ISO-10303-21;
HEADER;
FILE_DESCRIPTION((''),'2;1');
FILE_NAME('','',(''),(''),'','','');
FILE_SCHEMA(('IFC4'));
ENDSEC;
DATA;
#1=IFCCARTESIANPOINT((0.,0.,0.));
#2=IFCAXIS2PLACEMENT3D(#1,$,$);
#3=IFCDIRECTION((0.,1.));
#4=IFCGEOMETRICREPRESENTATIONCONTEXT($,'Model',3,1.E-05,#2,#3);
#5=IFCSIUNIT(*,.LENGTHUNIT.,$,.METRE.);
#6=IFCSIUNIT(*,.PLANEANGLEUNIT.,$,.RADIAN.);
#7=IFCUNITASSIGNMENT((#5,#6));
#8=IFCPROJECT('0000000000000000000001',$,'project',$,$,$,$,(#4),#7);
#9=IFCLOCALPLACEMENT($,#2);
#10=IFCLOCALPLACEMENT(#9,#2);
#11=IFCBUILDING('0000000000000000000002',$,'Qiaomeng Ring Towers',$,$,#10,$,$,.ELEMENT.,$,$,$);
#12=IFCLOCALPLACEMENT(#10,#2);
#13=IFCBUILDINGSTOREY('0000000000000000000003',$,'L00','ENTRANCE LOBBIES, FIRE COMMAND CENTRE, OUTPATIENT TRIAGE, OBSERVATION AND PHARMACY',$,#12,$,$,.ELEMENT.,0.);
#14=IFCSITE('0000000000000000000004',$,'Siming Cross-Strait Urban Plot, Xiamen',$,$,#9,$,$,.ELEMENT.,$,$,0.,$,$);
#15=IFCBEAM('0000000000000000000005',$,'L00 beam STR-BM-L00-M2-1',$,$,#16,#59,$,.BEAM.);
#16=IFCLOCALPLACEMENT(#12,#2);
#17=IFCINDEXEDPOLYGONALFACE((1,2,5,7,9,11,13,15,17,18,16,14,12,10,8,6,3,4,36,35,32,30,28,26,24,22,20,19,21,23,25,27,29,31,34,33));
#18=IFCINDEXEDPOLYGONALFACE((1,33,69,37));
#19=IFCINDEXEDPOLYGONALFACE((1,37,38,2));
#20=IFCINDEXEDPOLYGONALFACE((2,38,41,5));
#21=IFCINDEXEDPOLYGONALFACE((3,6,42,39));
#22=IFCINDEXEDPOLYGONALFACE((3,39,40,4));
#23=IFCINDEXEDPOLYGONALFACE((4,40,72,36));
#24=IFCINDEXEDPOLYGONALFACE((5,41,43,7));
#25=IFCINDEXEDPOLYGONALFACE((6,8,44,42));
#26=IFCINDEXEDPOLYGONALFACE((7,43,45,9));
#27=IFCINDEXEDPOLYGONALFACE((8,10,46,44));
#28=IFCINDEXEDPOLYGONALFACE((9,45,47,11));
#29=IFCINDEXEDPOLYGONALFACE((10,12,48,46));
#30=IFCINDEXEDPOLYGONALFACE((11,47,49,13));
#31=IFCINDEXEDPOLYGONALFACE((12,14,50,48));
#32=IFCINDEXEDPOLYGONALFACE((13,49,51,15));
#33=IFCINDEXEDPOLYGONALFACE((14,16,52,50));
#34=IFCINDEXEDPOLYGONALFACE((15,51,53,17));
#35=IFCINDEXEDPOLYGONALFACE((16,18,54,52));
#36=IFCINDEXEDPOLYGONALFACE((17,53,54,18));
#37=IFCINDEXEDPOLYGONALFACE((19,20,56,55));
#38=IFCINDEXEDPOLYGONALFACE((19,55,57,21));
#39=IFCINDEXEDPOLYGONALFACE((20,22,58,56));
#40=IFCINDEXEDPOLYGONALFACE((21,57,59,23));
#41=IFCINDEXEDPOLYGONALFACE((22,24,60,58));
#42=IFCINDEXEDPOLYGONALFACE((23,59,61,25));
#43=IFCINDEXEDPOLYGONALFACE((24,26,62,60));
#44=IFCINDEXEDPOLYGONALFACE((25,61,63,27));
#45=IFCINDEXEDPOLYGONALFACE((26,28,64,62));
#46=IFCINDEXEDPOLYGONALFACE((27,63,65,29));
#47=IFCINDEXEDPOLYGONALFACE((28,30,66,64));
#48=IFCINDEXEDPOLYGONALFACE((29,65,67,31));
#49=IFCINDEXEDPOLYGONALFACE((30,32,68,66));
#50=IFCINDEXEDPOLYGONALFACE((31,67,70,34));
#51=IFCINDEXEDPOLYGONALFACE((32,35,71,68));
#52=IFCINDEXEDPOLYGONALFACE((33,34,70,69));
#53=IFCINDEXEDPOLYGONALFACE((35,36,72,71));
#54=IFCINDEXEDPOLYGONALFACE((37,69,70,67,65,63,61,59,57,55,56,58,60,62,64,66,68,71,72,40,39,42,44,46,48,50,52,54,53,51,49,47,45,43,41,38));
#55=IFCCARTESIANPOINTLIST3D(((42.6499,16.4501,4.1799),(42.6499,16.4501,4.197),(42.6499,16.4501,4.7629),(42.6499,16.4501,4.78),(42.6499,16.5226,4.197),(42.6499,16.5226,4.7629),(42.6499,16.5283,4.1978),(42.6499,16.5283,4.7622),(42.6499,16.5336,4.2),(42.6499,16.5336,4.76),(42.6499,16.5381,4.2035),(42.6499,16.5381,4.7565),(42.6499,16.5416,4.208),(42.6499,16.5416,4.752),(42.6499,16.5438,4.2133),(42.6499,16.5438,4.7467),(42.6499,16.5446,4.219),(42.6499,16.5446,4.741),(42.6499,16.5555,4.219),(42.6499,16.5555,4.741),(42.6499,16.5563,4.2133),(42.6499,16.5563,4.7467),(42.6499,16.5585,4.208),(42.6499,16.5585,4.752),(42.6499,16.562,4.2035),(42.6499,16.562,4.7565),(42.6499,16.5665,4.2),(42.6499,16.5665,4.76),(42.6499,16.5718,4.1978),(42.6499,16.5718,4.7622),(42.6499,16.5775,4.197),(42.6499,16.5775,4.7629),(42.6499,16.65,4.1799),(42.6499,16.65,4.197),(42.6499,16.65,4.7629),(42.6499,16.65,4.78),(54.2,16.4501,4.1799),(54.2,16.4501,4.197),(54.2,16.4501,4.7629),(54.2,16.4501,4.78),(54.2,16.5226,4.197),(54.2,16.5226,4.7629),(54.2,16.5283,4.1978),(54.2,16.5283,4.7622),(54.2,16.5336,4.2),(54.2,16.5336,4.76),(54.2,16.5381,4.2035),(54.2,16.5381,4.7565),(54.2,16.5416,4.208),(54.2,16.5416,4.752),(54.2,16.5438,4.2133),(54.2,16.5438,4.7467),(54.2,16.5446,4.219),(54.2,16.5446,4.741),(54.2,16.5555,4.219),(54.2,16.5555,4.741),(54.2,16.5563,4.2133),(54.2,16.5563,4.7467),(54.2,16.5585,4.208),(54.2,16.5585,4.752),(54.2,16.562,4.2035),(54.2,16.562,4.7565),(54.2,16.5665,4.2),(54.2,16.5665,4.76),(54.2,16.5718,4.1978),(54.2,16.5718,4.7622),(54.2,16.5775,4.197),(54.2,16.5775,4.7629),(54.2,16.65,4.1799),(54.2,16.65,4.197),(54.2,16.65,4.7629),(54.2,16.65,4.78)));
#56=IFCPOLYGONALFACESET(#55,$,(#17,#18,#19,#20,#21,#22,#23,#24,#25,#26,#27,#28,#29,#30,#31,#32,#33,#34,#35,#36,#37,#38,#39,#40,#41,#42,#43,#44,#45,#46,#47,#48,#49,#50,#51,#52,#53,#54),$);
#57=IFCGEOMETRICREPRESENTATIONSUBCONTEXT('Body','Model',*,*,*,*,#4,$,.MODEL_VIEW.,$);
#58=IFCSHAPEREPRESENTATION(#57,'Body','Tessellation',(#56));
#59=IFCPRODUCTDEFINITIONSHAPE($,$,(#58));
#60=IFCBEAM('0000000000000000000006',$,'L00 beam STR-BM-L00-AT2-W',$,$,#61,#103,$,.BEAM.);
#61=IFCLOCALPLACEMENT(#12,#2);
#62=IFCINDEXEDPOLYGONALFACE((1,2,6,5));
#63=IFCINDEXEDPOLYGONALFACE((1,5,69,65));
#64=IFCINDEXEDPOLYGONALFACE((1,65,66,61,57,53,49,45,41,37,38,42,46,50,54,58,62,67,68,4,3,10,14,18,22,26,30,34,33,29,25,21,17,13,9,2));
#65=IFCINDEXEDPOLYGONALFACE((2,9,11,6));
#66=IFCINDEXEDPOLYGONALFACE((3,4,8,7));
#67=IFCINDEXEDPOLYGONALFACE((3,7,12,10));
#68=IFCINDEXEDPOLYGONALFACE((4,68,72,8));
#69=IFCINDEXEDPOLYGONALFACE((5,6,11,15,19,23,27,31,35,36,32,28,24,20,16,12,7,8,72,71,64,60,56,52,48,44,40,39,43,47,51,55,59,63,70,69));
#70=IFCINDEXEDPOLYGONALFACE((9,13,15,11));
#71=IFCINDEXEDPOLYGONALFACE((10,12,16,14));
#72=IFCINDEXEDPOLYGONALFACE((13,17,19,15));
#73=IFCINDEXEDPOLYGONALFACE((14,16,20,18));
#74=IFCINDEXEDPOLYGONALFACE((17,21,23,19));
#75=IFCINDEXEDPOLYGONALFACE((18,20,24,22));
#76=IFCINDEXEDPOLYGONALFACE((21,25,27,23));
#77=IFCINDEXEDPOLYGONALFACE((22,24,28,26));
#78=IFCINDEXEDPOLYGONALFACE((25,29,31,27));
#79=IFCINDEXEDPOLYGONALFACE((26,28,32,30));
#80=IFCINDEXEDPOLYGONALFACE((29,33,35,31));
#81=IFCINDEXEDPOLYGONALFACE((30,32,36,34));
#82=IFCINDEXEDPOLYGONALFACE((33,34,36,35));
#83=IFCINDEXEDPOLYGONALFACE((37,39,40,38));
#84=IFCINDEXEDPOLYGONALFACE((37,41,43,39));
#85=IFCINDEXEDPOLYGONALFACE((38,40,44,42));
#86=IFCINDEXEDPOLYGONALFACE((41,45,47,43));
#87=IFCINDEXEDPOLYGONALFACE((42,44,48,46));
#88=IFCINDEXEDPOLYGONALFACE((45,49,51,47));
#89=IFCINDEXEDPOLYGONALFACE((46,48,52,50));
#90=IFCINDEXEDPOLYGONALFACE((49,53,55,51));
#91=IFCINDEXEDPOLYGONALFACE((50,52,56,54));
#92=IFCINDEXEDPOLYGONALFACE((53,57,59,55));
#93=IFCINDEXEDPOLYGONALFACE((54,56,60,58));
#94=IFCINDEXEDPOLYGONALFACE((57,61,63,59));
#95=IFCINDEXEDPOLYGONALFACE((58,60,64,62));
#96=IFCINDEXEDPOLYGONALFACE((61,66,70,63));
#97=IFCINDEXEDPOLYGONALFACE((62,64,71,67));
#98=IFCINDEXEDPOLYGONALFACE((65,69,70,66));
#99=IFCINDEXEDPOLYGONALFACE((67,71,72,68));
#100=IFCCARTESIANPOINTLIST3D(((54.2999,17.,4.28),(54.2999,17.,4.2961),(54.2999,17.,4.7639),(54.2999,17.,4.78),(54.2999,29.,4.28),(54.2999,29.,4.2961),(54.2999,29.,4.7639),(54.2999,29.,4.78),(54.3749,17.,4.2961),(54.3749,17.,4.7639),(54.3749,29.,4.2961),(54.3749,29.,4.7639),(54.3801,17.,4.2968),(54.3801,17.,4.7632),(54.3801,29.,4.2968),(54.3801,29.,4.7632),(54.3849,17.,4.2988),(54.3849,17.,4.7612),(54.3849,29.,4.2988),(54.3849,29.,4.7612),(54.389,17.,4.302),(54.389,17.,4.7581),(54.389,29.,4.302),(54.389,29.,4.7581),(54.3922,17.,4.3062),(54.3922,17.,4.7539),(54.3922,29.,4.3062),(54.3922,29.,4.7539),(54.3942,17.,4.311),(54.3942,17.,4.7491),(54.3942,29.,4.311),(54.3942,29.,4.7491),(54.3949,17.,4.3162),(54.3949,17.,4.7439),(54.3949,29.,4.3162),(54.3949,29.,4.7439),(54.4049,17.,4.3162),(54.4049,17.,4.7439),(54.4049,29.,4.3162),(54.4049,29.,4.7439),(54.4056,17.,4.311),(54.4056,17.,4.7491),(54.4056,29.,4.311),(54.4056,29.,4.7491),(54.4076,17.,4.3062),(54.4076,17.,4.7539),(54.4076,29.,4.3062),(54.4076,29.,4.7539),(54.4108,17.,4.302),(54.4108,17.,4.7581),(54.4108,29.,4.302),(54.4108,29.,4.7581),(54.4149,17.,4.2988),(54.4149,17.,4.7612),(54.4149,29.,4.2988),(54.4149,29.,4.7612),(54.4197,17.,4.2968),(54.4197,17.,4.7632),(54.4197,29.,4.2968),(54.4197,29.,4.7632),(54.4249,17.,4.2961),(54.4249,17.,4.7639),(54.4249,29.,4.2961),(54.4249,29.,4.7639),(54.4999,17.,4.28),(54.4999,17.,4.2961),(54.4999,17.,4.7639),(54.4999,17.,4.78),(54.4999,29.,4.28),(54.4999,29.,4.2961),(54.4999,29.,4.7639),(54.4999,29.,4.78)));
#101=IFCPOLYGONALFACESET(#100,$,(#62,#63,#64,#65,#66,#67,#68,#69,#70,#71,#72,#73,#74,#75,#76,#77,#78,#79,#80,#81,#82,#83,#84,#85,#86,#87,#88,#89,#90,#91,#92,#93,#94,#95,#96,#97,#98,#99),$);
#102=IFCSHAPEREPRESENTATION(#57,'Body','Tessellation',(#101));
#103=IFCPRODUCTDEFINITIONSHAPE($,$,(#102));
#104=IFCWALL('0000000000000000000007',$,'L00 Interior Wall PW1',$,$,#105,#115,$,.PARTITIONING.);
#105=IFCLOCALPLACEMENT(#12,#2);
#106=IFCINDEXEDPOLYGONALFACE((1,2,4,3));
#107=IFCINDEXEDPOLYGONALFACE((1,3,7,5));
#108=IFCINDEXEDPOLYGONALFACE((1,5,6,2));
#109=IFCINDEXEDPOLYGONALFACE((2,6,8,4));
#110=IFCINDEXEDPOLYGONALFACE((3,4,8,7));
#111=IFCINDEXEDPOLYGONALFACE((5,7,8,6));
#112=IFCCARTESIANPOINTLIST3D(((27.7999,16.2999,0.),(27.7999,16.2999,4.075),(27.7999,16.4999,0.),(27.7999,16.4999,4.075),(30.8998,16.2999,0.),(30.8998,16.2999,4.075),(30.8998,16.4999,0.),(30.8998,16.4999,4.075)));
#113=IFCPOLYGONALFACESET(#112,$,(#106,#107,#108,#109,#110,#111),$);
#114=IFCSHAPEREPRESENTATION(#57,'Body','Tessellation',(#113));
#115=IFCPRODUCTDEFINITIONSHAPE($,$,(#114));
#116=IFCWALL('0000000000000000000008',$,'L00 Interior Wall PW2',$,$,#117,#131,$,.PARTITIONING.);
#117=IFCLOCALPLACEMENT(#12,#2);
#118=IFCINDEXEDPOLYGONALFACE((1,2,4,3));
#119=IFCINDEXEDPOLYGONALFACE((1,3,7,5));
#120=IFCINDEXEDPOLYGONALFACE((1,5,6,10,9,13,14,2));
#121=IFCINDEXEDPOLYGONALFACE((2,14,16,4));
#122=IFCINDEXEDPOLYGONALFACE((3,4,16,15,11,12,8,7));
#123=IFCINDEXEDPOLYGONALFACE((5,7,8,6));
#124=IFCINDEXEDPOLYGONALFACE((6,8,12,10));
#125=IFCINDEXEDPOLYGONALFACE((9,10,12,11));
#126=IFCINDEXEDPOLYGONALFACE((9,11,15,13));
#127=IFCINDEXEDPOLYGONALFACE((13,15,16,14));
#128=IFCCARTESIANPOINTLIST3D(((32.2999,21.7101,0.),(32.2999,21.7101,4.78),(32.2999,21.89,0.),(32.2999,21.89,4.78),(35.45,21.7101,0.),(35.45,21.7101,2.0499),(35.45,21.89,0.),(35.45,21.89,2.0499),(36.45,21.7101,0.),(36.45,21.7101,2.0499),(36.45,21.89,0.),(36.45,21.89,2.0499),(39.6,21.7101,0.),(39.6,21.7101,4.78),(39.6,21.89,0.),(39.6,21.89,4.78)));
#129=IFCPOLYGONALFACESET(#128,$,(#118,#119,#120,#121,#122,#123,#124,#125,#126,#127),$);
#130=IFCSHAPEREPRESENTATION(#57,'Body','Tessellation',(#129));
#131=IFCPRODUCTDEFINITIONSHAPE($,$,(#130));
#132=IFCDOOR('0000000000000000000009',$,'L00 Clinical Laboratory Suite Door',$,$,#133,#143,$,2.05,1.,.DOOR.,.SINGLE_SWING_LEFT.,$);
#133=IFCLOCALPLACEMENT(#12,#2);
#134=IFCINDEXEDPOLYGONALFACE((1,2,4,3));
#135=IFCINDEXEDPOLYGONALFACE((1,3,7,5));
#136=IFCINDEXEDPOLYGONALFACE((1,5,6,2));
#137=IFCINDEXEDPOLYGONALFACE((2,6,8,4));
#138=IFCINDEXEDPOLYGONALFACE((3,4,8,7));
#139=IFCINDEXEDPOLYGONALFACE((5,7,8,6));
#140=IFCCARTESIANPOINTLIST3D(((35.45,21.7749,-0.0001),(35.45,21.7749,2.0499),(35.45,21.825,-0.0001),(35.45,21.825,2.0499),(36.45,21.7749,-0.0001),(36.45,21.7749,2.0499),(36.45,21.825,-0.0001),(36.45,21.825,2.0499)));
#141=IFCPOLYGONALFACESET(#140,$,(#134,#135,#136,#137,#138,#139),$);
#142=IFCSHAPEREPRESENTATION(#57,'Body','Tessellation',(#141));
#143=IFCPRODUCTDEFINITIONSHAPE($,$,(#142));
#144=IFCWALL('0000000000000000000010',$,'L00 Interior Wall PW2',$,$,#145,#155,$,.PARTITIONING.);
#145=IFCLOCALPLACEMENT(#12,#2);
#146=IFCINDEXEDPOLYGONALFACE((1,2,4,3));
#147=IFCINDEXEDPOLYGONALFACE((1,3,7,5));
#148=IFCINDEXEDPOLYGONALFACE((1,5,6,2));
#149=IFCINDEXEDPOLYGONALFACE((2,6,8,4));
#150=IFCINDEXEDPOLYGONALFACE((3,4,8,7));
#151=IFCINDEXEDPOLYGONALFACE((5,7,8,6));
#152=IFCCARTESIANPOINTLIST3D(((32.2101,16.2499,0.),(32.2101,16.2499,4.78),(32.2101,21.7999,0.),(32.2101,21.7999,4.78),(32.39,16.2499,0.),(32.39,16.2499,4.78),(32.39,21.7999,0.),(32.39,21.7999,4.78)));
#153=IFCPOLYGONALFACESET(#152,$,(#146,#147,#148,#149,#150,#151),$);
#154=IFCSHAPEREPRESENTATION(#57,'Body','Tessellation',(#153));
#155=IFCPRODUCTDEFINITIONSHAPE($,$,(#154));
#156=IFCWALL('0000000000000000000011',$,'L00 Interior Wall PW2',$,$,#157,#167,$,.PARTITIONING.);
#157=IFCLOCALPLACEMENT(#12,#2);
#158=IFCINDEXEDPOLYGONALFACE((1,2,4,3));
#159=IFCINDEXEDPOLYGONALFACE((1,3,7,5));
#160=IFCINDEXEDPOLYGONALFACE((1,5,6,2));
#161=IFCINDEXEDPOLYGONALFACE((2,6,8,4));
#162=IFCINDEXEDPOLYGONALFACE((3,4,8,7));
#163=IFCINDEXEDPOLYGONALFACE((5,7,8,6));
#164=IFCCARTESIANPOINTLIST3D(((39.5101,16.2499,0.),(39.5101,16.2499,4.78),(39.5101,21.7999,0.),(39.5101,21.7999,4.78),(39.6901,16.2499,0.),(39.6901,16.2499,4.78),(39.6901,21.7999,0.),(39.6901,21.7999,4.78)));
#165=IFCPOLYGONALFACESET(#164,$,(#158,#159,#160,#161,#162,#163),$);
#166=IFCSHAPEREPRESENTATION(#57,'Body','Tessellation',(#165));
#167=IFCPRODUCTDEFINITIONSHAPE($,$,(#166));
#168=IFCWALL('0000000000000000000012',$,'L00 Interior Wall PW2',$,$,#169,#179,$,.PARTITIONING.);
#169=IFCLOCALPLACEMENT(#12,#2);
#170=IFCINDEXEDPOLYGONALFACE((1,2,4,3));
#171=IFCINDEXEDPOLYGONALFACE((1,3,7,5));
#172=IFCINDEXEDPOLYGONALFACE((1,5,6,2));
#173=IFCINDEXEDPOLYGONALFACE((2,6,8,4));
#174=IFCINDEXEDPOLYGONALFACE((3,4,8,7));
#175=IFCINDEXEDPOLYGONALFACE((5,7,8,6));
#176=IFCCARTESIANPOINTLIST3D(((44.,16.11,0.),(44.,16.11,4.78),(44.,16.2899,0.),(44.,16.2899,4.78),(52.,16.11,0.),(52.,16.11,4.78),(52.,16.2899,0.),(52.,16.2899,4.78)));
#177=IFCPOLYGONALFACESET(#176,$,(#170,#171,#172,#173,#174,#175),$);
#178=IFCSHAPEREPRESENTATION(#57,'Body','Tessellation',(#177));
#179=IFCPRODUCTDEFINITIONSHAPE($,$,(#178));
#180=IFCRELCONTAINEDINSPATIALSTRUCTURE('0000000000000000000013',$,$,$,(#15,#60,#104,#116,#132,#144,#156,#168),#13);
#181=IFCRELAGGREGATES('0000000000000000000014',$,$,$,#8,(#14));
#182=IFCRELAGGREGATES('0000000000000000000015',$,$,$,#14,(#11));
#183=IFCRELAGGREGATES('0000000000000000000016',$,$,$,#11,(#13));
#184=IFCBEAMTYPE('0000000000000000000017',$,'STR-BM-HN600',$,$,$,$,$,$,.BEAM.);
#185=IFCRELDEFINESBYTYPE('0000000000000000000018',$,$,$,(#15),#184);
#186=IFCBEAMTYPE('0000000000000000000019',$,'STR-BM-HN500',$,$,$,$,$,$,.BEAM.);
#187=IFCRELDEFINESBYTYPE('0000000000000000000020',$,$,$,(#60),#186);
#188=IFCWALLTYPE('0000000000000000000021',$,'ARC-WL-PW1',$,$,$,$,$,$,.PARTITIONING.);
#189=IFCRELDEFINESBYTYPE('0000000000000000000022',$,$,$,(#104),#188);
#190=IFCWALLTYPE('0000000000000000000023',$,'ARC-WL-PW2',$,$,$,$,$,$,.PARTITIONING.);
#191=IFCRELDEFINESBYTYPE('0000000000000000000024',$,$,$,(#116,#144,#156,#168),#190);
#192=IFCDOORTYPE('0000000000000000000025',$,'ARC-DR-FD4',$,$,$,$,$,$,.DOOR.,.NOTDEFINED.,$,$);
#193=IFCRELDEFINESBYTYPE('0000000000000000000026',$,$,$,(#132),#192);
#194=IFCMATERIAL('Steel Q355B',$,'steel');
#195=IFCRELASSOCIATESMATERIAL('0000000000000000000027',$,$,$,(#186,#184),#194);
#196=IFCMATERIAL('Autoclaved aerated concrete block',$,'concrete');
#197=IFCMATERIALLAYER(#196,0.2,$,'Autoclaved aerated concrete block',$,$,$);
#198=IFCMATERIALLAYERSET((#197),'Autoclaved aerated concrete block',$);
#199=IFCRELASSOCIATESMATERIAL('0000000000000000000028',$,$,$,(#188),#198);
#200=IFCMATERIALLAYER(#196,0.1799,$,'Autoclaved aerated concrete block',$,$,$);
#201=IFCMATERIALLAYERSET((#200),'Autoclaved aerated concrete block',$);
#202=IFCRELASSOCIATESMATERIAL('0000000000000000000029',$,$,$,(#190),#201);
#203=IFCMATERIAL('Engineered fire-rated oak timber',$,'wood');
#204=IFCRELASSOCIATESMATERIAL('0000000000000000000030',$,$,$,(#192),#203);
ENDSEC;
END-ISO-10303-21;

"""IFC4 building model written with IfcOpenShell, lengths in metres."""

from ifc_helpers import new_model, si_unit, direction, frame, frame_2d, origin, origin_2d, place, context, subcontext, project, spatial, rectangle, i_section, extrude, source, transform, mapped, material, layer, layer_set, material_profile, profile_set, type_object, element, fill, save


model = new_model("IFC4")

# Units and contexts
model_context = context("Model", 3, precision=1e-05, world=origin(), true_north=direction((0.0, 1.0)))
body_context = subcontext(model_context, "Body", "Model", "MODEL_VIEW")
ifc_project = project(units=[si_unit("LENGTHUNIT", "METRE"), si_unit("PLANEANGLEUNIT", "RADIAN")], contexts=[model_context])

# Site, building, storey
site_placement = place(None, origin())
site = spatial("IfcSite", under=ifc_project, at=site_placement, Name="Siming Cross-Strait Urban Plot, Xiamen", CompositionType="ELEMENT", RefElevation=0.0)
building_placement = place(site_placement, origin())
building = spatial("IfcBuilding", under=site, at=building_placement, Name="Qiaomeng Ring Towers", CompositionType="ELEMENT")
storey_placement = place(building_placement, origin())
storey = spatial("IfcBuildingStorey", under=building, at=storey_placement, Name="L00", Description="ENTRANCE LOBBIES, FIRE COMMAND CENTRE, OUTPATIENT TRIAGE, OBSERVATION AND PHARMACY", CompositionType="ELEMENT", Elevation=0.0)

# Beams
ifc_material_1 = material(Name="Steel Q355B", Category="steel")
ifc_material_profile_1 = material_profile(ifc_material_1, i_section(OverallWidth=0.2, OverallDepth=0.5, WebThickness=0.01, FlangeThickness=0.0161, FilletRadius=0.02, at=origin_2d()), Name="HN 500x200x10x16")
ifc_profile_set_1 = profile_set([ifc_material_profile_1], Name="Steel Q355B")
beam_type_1 = type_object("IfcBeamType", Name="STR-BM-HN500", PredefinedType="BEAM", material=ifc_profile_set_1)
ifc_material_profile_2 = material_profile(ifc_material_1, i_section(OverallWidth=0.2, OverallDepth=0.6001, WebThickness=0.011, FlangeThickness=0.0171, FilletRadius=0.022, at=origin_2d()), Name="HN 600x200x11x17")
ifc_profile_set_2 = profile_set([ifc_material_profile_2], Name="Steel Q355B")
beam_type_2 = type_object("IfcBeamType", Name="STR-BM-HN600", PredefinedType="BEAM", material=ifc_profile_set_2)
shared_shape_1 = source(origin(), body_context, "Body", "SweptSolid", [
    extrude(i_section(OverallWidth=0.2, OverallDepth=0.6001, WebThickness=0.011, FlangeThickness=0.0171, FilletRadius=0.022, at=origin_2d()), origin(), (0.0, 0.0, 1.0), 11.55),
])
beam_1_placement = place(storey_placement, frame((42.6499, 16.55, 4.48), z_axis=(1.0, 0.0, 0.0), x_axis=(0.0, 1.0, 0.0)))
element("IfcBeam", 1, at=beam_1_placement, inside=storey, type_object=beam_type_2, Name="L00 beam STR-BM-L00-M2-1", PredefinedType="BEAM", context=body_context, shape_type="MappedRepresentation", body=[
    mapped(shared_shape_1, transform((0.0, 0.0, 0.0), x_axis=(1.0, 0.0, 0.0), y_axis=(0.0, 1.0, 0.0), z_axis=(0.0, 0.0, 1.0), scale=1.0)),
])
shared_shape_2 = source(origin(), body_context, "Body", "SweptSolid", [
    extrude(i_section(OverallWidth=0.2, OverallDepth=0.5, WebThickness=0.01, FlangeThickness=0.0161, FilletRadius=0.02, at=origin_2d()), origin(), (0.0, 0.0, 1.0), 12.0),
])
beam_2_placement = place(storey_placement, frame((54.3999, 17.0, 4.53), z_axis=(0.0, 1.0, 0.0), x_axis=(-1.0, 0.0, 0.0)))
element("IfcBeam", 2, at=beam_2_placement, inside=storey, type_object=beam_type_1, Name="L00 beam STR-BM-L00-AT2-W", PredefinedType="BEAM", context=body_context, shape_type="MappedRepresentation", body=[
    mapped(shared_shape_2, transform((0.0, 0.0, 0.0), x_axis=(1.0, 0.0, 0.0), y_axis=(0.0, 1.0, 0.0), z_axis=(0.0, 0.0, 1.0), scale=1.0)),
])

# Wall
ifc_material_2 = material(Name="Autoclaved aerated concrete block", Category="concrete")
ifc_layer_1 = layer(ifc_material_2, 0.2, Name="Autoclaved aerated concrete block")
ifc_layer_set_1 = layer_set([ifc_layer_1], Name="Autoclaved aerated concrete block")
wall_type_1 = type_object("IfcWallType", Name="ARC-WL-PW1", PredefinedType="PARTITIONING", material=ifc_layer_set_1)
wall_1_placement = place(storey_placement, frame((27.8, 16.3999, 0.0), z_axis=(0.0, 0.0, 1.0), x_axis=(1.0, 0.0, 0.0)))
element("IfcWall", 3, at=wall_1_placement, inside=storey, type_object=wall_type_1, Name="L00 Interior Wall PW1", PredefinedType="PARTITIONING", context=body_context, shape_type="SweptSolid", body=[
    extrude(rectangle(XDim=3.0999, YDim=0.2, at=frame_2d((1.5498, 0.0))), origin(), (0.0, 0.0, 1.0), 4.075),
])

# Wall, opening, door
ifc_layer_2 = layer(ifc_material_2, 0.1799, Name="Autoclaved aerated concrete block")
ifc_layer_set_2 = layer_set([ifc_layer_2], Name="Autoclaved aerated concrete block")
wall_type_2 = type_object("IfcWallType", Name="ARC-WL-PW2", PredefinedType="PARTITIONING", material=ifc_layer_set_2)
wall_2_placement = place(storey_placement, frame((32.3, 21.8, 0.0), z_axis=(0.0, 0.0, 1.0), x_axis=(1.0, 0.0, 0.0)))
wall_2 = element("IfcWall", 4, at=wall_2_placement, inside=storey, type_object=wall_type_2, Name="L00 Interior Wall PW2", PredefinedType="PARTITIONING", context=body_context, shape_type="SweptSolid", body=[
    extrude(rectangle(XDim=7.3, YDim=0.1799, at=frame_2d((3.6499, 0.0))), origin(), (0.0, 0.0, 1.0), 4.78),
])
opening_1_placement = place(wall_2_placement, frame((3.1499, 0.0, 0.0)))
opening_1 = element("IfcOpeningElement", 5, at=opening_1_placement, cuts=wall_2, PredefinedType="OPENING", context=body_context, shape_type="SweptSolid", body=[
    extrude(rectangle(XDim=1.0, YDim=2.05, at=frame_2d((0.5, 1.0249))), frame((0.0, 0.0999, 0.0), z_axis=(0.0, -1.0, 0.0), x_axis=(1.0, 0.0, 0.0)), (0.0, 0.0, 1.0), 0.2),
])
ifc_material_3 = material(Name="Engineered fire-rated oak timber", Category="wood")
door_type = type_object("IfcDoorType", Name="ARC-DR-FD4", OperationType="NOTDEFINED", PredefinedType="DOOR", material=ifc_material_3)
shared_shape_3 = source(origin(), body_context, "Body", "SweptSolid", [
    extrude(rectangle(XDim=1.0, YDim=2.05, at=frame_2d((0.5, 1.0249))), frame((0.0, 0.0249, 0.0), z_axis=(0.0, -1.0, 0.0), x_axis=(1.0, 0.0, 0.0)), (0.0, 0.0, 1.0), 0.05),
])
door_1_placement = place(opening_1_placement, origin())
door_1 = element("IfcDoor", 6, at=door_1_placement, inside=storey, type_object=door_type, Name="L00 Clinical Laboratory Suite Door", OperationType="SINGLE_SWING_LEFT", OverallHeight=2.05, OverallWidth=1.0, PredefinedType="DOOR", context=body_context, shape_type="MappedRepresentation", body=[
    mapped(shared_shape_3, transform((0.0, 0.0, 0.0), x_axis=(1.0, 0.0, 0.0), y_axis=(0.0, 1.0, 0.0), z_axis=(0.0, 0.0, 1.0), scale=1.0)),
])
fill(opening_1, door_1)

# Walls
for number, where, z_axis, x_axis, name in (
    (7, (32.3, 16.25, 0.0), (0.0, 0.0, 1.0), (0.0, 1.0, 0.0), "L00 Interior Wall PW2"),
    (8, (39.6001, 16.25, 0.0), (0.0, 0.0, 1.0), (0.0, 1.0, 0.0), "L00 Interior Wall PW2"),
):
    element("IfcWall", number, at=place(storey_placement, frame(where, z_axis=z_axis, x_axis=x_axis)), inside=storey, type_object=wall_type_2, Name=name, PredefinedType="PARTITIONING", context=body_context, shape_type="SweptSolid", body=[
        extrude(rectangle(XDim=5.55, YDim=0.1799, at=frame_2d((2.7749, 0.0))), origin(), (0.0, 0.0, 1.0), 4.78),
    ])
wall_3_placement = place(storey_placement, frame((44.0, 16.2, 0.0), z_axis=(0.0, 0.0, 1.0), x_axis=(1.0, 0.0, 0.0)))
element("IfcWall", 9, at=wall_3_placement, inside=storey, type_object=wall_type_2, Name="L00 Interior Wall PW2", PredefinedType="PARTITIONING", context=body_context, shape_type="SweptSolid", body=[
    extrude(rectangle(XDim=8.0, YDim=0.1799, at=frame_2d((4.0, 0.0))), origin(), (0.0, 0.0, 1.0), 4.78),
])

save(model, "model.ifc")
